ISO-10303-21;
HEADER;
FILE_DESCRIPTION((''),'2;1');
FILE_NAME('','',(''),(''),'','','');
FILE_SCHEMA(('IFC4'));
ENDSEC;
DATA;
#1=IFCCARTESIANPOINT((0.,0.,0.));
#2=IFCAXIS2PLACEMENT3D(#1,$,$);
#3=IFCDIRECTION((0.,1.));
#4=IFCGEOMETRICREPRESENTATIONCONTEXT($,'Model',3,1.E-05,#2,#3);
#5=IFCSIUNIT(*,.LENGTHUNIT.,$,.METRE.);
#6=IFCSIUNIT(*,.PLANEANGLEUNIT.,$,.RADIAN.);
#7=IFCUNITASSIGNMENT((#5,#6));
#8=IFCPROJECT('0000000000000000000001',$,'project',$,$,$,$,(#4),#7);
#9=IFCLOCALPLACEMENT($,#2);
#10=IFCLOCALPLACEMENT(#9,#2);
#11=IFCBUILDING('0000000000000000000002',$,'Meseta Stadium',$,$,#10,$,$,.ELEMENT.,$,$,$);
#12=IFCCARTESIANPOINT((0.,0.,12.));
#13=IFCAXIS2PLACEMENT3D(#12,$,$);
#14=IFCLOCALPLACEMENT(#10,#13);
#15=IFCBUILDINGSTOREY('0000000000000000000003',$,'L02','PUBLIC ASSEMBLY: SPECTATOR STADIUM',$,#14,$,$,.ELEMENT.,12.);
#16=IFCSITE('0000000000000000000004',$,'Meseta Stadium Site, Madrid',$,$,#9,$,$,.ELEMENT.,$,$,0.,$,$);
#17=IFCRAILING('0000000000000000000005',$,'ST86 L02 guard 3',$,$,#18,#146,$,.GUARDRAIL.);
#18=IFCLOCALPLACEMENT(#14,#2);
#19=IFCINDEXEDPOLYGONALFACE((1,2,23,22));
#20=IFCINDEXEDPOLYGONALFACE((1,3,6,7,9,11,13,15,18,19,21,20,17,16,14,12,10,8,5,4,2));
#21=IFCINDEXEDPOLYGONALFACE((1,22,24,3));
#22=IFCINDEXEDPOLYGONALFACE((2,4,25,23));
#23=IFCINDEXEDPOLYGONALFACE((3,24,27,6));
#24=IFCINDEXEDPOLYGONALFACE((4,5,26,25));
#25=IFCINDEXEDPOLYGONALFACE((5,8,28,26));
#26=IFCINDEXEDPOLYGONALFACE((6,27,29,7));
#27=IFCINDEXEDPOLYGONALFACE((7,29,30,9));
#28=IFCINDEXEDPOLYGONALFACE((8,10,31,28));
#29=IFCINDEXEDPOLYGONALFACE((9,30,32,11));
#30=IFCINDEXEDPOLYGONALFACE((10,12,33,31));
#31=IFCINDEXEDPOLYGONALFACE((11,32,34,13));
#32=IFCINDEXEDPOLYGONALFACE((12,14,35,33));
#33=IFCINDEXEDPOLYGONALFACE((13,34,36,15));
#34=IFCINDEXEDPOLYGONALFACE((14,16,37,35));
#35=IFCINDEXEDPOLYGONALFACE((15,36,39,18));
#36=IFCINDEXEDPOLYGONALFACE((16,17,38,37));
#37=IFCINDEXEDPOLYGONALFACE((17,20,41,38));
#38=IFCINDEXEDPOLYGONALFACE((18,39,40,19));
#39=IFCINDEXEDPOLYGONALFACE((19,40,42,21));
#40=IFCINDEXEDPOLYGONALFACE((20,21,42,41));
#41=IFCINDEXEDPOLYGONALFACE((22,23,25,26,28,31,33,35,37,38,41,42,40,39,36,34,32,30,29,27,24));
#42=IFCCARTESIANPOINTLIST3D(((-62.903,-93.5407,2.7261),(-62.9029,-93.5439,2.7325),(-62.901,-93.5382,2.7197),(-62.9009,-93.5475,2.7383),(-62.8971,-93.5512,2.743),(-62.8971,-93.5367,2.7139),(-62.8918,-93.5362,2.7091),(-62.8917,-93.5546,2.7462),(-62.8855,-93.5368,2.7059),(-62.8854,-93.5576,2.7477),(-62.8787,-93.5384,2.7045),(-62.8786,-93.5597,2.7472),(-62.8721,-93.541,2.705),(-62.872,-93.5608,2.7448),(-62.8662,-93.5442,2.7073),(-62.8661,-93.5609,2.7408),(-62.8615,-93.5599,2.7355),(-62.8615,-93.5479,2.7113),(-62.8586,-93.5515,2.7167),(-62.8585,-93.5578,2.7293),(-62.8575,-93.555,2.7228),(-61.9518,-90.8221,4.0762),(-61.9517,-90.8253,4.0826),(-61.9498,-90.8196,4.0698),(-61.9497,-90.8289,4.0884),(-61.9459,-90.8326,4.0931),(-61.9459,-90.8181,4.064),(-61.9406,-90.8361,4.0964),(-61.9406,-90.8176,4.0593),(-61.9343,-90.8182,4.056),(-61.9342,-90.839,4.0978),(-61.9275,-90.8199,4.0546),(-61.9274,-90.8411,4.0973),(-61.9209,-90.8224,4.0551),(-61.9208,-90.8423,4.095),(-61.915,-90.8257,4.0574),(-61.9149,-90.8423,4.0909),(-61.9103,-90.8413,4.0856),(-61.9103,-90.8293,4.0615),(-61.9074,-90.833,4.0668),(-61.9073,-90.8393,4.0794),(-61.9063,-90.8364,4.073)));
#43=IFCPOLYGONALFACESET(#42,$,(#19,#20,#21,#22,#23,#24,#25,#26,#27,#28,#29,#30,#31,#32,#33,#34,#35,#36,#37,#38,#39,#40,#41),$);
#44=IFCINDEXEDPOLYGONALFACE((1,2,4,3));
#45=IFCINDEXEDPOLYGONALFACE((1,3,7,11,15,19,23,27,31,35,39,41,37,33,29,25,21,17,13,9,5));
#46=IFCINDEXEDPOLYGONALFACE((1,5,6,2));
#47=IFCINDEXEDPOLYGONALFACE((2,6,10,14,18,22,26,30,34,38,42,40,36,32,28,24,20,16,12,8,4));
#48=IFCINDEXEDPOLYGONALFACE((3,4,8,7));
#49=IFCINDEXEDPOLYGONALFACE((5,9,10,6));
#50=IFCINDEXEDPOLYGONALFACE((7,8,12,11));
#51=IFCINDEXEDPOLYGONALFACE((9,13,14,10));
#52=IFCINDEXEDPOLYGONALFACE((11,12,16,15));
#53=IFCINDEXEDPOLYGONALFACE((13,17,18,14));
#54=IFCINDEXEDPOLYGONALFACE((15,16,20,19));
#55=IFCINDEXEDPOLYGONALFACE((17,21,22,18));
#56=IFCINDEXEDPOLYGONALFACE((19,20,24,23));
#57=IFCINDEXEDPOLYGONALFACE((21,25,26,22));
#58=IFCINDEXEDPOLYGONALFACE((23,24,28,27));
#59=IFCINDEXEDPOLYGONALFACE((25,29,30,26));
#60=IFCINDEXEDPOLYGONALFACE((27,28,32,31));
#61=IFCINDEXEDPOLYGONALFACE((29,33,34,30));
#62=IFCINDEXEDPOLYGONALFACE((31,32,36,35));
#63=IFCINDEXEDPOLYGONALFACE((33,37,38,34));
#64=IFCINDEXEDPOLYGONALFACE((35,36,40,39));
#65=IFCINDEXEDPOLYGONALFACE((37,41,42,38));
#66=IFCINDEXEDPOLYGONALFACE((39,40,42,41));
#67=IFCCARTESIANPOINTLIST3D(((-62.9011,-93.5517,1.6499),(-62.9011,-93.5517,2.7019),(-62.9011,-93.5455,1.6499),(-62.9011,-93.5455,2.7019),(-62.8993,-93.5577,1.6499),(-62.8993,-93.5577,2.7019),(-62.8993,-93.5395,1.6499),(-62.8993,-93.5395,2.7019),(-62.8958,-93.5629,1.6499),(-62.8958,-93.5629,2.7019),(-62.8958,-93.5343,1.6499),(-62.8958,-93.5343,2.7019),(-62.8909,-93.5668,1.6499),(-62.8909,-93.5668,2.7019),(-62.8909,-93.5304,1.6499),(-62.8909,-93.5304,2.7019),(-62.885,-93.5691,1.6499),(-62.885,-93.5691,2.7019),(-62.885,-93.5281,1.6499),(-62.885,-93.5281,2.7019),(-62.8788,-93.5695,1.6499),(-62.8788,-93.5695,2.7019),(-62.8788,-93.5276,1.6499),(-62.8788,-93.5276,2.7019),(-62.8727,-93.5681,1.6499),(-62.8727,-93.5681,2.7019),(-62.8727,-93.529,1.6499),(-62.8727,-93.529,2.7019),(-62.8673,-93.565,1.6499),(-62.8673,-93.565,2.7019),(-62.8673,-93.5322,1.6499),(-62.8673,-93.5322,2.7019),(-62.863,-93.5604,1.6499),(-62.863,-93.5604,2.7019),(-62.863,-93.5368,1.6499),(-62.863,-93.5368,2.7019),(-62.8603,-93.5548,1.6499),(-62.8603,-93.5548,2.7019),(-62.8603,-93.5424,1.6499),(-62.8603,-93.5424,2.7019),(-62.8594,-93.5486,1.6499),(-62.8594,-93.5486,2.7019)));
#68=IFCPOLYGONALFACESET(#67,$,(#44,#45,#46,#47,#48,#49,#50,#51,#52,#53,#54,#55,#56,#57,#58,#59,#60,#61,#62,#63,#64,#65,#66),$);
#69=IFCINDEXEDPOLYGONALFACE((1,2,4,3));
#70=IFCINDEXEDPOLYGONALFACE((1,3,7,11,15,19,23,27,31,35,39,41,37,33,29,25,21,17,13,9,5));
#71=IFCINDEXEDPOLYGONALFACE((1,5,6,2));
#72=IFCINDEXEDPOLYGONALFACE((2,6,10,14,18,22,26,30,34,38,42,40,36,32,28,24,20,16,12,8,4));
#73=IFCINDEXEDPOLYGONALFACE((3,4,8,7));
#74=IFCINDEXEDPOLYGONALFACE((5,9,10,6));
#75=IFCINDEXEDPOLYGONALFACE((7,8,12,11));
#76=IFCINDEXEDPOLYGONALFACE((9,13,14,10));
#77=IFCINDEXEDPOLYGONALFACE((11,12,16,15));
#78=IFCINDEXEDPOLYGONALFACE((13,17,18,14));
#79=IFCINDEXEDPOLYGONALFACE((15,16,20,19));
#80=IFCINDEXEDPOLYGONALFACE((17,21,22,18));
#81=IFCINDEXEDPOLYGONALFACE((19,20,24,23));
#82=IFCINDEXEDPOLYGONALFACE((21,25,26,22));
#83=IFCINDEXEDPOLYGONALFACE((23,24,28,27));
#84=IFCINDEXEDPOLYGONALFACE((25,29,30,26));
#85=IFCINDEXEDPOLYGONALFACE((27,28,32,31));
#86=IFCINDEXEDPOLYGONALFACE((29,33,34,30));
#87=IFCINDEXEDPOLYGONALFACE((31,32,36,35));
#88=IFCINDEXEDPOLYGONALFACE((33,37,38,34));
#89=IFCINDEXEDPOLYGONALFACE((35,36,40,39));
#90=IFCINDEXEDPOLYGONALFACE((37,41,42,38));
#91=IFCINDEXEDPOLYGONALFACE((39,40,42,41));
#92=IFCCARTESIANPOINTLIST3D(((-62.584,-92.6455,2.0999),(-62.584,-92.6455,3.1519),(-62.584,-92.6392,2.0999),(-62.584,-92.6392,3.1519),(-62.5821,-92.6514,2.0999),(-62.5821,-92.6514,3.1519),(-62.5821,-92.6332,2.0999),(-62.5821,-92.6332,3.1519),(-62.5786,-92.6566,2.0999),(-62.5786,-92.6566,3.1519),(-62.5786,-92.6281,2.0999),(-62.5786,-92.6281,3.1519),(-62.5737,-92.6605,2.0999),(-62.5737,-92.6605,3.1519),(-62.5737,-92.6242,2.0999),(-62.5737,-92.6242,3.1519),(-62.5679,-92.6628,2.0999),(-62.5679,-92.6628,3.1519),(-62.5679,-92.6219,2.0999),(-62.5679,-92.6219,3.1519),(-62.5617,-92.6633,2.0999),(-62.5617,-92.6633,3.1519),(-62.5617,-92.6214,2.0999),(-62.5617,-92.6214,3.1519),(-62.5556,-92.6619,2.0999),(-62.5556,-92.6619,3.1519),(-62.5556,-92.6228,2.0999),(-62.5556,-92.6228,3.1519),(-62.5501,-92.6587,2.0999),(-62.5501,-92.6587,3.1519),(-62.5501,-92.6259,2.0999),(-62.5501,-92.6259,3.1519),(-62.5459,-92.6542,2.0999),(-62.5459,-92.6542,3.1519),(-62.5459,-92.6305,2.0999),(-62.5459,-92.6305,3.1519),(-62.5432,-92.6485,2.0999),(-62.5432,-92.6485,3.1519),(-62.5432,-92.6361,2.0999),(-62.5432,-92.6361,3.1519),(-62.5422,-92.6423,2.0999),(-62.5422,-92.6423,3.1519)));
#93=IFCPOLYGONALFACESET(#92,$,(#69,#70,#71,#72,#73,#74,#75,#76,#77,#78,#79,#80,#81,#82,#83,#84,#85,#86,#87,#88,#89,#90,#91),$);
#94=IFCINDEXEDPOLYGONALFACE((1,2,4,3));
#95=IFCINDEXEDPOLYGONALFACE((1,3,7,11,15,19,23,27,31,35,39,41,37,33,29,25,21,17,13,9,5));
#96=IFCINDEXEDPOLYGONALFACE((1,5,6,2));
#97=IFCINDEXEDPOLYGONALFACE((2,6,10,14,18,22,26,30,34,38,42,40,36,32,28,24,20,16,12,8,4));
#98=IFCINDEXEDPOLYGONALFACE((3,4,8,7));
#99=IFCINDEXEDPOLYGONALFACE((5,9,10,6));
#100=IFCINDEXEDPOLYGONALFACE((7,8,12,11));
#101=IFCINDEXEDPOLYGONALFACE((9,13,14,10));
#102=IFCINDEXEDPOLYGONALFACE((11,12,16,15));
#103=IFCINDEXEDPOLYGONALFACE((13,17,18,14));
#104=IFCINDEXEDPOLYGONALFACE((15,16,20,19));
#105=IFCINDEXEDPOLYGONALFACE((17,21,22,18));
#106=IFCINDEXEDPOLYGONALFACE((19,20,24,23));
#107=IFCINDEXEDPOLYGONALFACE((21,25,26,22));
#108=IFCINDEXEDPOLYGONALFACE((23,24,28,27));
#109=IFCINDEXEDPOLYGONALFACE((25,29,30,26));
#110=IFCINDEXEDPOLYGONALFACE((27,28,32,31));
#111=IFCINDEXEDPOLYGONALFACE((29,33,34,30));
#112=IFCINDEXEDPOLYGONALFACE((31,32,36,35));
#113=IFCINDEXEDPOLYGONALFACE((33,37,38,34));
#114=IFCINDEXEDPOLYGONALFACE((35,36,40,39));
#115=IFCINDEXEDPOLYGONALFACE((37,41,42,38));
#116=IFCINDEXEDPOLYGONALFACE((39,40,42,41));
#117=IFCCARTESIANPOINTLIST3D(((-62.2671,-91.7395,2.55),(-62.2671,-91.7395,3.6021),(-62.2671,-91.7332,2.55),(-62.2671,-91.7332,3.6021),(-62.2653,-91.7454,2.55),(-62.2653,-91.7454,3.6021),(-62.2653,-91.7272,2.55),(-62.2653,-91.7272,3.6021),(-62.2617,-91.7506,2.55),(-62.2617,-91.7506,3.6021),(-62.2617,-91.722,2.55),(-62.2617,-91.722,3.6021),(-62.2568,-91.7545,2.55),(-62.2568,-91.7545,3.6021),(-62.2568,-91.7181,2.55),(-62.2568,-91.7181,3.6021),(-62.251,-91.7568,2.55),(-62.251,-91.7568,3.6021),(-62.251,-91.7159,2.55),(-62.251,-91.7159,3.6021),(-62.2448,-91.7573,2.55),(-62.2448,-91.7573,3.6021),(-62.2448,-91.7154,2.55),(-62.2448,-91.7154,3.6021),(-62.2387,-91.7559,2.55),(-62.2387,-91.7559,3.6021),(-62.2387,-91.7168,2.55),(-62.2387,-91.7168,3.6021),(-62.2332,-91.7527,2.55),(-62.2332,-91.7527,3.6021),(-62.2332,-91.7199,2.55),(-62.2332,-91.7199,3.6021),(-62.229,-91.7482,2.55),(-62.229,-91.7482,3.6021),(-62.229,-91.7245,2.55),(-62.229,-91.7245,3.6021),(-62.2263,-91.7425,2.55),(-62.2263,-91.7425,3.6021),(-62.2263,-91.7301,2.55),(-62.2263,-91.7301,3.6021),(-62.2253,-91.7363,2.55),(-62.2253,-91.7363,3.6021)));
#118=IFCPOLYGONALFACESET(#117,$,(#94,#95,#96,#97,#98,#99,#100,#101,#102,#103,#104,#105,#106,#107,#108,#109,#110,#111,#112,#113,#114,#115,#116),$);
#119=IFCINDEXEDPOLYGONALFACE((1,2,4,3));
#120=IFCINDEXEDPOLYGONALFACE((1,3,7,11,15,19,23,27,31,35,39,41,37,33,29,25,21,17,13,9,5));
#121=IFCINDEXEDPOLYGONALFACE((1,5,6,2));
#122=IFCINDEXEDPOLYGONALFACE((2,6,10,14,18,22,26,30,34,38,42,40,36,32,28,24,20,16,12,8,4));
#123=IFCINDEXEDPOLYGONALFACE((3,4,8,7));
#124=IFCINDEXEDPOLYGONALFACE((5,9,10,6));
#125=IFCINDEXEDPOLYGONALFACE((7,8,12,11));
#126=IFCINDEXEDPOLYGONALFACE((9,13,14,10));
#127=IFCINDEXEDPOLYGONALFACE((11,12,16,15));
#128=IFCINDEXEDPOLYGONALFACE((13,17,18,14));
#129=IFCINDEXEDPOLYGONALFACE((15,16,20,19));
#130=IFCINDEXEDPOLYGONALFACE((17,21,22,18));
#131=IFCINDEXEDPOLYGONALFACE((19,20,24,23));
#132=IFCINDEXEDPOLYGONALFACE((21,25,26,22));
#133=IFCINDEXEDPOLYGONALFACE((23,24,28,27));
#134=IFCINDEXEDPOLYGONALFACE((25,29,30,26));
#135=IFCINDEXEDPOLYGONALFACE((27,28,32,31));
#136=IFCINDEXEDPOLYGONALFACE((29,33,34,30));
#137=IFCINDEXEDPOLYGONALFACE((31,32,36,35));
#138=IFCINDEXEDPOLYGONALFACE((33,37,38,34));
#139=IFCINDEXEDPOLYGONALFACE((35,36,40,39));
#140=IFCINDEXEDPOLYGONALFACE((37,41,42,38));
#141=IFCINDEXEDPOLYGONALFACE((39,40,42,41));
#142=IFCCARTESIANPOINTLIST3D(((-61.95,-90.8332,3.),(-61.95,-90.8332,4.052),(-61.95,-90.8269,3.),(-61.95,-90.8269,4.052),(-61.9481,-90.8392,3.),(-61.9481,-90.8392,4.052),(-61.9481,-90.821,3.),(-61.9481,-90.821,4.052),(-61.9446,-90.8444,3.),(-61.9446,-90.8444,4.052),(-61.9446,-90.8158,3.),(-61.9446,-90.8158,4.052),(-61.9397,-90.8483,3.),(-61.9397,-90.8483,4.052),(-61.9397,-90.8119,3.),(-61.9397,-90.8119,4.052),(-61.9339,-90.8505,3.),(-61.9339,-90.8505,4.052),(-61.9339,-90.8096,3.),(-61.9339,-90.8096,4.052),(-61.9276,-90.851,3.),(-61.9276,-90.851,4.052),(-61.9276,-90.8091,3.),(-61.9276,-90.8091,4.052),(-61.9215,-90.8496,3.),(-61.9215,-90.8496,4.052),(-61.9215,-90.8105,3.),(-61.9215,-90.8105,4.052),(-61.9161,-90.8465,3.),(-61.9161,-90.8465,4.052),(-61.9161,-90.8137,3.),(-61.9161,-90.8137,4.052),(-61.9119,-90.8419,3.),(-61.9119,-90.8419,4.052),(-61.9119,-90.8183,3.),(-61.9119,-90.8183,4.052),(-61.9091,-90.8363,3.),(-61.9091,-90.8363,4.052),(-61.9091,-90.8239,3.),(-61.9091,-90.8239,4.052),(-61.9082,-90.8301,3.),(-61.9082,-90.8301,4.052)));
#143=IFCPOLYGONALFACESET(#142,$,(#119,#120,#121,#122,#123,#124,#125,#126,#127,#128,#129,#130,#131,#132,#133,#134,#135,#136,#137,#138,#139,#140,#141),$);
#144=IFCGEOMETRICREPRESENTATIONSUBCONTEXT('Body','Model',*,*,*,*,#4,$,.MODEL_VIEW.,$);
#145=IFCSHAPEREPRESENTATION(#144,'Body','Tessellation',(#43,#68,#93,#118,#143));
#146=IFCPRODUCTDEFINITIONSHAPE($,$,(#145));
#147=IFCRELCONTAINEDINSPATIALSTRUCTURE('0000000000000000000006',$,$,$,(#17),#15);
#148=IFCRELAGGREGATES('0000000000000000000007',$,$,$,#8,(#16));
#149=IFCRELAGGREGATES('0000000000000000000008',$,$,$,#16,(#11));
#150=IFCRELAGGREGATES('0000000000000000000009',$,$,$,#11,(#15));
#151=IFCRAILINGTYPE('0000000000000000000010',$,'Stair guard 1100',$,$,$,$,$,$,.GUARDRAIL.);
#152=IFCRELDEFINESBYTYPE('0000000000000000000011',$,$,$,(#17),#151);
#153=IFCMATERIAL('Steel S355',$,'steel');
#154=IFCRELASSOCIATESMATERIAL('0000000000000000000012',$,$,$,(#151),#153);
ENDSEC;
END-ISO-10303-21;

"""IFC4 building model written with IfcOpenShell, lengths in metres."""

from ifc_helpers import new_model, si_unit, direction, frame, origin, origin_2d, place, context, subcontext, project, spatial, circle, extrude, material, type_object, element, save


model = new_model("IFC4")

# Units and contexts
model_context = context("Model", 3, precision=1e-05, world=origin(), true_north=direction((0.0, 1.0)))
body_context = subcontext(model_context, "Body", "Model", "MODEL_VIEW")
ifc_project = project(units=[si_unit("LENGTHUNIT", "METRE"), si_unit("PLANEANGLEUNIT", "RADIAN")], contexts=[model_context])

# Site, building, storey
site_placement = place(None, origin())
site = spatial("IfcSite", under=ifc_project, at=site_placement, Name="Meseta Stadium Site, Madrid", CompositionType="ELEMENT", RefElevation=0.0)
building_placement = place(site_placement, origin())
building = spatial("IfcBuilding", under=site, at=building_placement, Name="Meseta Stadium", CompositionType="ELEMENT")
storey_placement = place(building_placement, frame((0.0, 0.0, 12.0)))
storey = spatial("IfcBuildingStorey", under=building, at=storey_placement, Name="L02", Description="PUBLIC ASSEMBLY: SPECTATOR STADIUM", CompositionType="ELEMENT", Elevation=12.0)

# Railing
ifc_material_1 = material(Name="Steel S355", Category="steel")
railing_type_1 = type_object("IfcRailingType", Name="Stair guard 1100", PredefinedType="GUARDRAIL", material=ifc_material_1)
railing_1_placement = place(storey_placement, frame((-62.8804, -93.5486, 1.6499)))
element("IfcRailing", 1, at=railing_1_placement, inside=storey, type_object=railing_type_1, Name="ST86 L02 guard 3", PredefinedType="GUARDRAIL", context=body_context, shape_type="SweptSolid", body=[
    extrude(circle(Radius=0.0239, at=origin_2d()), frame((0.0, 0.0, 1.0762), z_axis=(0.299031, 0.854649, 0.424446), x_axis=(-0.943891, 0.330256, 0.0)), (0.0, 0.0, 1.0), 3.1809),
    extrude(circle(Radius=0.021, at=origin_2d()), origin(), (0.0, 0.0, 1.0), 1.052),
    extrude(circle(Radius=0.021, at=origin_2d()), frame((0.3171, 0.9062, 0.45)), (0.0, 0.0, 1.0), 1.052),
    extrude(circle(Radius=0.021, at=origin_2d()), frame((0.634, 1.8123, 0.9001)), (0.0, 0.0, 1.0), 1.052),
    extrude(circle(Radius=0.021, at=origin_2d()), frame((0.9512, 2.7185, 1.3501)), (0.0, 0.0, 1.0), 1.052),
])

save(model, "model.ifc")
